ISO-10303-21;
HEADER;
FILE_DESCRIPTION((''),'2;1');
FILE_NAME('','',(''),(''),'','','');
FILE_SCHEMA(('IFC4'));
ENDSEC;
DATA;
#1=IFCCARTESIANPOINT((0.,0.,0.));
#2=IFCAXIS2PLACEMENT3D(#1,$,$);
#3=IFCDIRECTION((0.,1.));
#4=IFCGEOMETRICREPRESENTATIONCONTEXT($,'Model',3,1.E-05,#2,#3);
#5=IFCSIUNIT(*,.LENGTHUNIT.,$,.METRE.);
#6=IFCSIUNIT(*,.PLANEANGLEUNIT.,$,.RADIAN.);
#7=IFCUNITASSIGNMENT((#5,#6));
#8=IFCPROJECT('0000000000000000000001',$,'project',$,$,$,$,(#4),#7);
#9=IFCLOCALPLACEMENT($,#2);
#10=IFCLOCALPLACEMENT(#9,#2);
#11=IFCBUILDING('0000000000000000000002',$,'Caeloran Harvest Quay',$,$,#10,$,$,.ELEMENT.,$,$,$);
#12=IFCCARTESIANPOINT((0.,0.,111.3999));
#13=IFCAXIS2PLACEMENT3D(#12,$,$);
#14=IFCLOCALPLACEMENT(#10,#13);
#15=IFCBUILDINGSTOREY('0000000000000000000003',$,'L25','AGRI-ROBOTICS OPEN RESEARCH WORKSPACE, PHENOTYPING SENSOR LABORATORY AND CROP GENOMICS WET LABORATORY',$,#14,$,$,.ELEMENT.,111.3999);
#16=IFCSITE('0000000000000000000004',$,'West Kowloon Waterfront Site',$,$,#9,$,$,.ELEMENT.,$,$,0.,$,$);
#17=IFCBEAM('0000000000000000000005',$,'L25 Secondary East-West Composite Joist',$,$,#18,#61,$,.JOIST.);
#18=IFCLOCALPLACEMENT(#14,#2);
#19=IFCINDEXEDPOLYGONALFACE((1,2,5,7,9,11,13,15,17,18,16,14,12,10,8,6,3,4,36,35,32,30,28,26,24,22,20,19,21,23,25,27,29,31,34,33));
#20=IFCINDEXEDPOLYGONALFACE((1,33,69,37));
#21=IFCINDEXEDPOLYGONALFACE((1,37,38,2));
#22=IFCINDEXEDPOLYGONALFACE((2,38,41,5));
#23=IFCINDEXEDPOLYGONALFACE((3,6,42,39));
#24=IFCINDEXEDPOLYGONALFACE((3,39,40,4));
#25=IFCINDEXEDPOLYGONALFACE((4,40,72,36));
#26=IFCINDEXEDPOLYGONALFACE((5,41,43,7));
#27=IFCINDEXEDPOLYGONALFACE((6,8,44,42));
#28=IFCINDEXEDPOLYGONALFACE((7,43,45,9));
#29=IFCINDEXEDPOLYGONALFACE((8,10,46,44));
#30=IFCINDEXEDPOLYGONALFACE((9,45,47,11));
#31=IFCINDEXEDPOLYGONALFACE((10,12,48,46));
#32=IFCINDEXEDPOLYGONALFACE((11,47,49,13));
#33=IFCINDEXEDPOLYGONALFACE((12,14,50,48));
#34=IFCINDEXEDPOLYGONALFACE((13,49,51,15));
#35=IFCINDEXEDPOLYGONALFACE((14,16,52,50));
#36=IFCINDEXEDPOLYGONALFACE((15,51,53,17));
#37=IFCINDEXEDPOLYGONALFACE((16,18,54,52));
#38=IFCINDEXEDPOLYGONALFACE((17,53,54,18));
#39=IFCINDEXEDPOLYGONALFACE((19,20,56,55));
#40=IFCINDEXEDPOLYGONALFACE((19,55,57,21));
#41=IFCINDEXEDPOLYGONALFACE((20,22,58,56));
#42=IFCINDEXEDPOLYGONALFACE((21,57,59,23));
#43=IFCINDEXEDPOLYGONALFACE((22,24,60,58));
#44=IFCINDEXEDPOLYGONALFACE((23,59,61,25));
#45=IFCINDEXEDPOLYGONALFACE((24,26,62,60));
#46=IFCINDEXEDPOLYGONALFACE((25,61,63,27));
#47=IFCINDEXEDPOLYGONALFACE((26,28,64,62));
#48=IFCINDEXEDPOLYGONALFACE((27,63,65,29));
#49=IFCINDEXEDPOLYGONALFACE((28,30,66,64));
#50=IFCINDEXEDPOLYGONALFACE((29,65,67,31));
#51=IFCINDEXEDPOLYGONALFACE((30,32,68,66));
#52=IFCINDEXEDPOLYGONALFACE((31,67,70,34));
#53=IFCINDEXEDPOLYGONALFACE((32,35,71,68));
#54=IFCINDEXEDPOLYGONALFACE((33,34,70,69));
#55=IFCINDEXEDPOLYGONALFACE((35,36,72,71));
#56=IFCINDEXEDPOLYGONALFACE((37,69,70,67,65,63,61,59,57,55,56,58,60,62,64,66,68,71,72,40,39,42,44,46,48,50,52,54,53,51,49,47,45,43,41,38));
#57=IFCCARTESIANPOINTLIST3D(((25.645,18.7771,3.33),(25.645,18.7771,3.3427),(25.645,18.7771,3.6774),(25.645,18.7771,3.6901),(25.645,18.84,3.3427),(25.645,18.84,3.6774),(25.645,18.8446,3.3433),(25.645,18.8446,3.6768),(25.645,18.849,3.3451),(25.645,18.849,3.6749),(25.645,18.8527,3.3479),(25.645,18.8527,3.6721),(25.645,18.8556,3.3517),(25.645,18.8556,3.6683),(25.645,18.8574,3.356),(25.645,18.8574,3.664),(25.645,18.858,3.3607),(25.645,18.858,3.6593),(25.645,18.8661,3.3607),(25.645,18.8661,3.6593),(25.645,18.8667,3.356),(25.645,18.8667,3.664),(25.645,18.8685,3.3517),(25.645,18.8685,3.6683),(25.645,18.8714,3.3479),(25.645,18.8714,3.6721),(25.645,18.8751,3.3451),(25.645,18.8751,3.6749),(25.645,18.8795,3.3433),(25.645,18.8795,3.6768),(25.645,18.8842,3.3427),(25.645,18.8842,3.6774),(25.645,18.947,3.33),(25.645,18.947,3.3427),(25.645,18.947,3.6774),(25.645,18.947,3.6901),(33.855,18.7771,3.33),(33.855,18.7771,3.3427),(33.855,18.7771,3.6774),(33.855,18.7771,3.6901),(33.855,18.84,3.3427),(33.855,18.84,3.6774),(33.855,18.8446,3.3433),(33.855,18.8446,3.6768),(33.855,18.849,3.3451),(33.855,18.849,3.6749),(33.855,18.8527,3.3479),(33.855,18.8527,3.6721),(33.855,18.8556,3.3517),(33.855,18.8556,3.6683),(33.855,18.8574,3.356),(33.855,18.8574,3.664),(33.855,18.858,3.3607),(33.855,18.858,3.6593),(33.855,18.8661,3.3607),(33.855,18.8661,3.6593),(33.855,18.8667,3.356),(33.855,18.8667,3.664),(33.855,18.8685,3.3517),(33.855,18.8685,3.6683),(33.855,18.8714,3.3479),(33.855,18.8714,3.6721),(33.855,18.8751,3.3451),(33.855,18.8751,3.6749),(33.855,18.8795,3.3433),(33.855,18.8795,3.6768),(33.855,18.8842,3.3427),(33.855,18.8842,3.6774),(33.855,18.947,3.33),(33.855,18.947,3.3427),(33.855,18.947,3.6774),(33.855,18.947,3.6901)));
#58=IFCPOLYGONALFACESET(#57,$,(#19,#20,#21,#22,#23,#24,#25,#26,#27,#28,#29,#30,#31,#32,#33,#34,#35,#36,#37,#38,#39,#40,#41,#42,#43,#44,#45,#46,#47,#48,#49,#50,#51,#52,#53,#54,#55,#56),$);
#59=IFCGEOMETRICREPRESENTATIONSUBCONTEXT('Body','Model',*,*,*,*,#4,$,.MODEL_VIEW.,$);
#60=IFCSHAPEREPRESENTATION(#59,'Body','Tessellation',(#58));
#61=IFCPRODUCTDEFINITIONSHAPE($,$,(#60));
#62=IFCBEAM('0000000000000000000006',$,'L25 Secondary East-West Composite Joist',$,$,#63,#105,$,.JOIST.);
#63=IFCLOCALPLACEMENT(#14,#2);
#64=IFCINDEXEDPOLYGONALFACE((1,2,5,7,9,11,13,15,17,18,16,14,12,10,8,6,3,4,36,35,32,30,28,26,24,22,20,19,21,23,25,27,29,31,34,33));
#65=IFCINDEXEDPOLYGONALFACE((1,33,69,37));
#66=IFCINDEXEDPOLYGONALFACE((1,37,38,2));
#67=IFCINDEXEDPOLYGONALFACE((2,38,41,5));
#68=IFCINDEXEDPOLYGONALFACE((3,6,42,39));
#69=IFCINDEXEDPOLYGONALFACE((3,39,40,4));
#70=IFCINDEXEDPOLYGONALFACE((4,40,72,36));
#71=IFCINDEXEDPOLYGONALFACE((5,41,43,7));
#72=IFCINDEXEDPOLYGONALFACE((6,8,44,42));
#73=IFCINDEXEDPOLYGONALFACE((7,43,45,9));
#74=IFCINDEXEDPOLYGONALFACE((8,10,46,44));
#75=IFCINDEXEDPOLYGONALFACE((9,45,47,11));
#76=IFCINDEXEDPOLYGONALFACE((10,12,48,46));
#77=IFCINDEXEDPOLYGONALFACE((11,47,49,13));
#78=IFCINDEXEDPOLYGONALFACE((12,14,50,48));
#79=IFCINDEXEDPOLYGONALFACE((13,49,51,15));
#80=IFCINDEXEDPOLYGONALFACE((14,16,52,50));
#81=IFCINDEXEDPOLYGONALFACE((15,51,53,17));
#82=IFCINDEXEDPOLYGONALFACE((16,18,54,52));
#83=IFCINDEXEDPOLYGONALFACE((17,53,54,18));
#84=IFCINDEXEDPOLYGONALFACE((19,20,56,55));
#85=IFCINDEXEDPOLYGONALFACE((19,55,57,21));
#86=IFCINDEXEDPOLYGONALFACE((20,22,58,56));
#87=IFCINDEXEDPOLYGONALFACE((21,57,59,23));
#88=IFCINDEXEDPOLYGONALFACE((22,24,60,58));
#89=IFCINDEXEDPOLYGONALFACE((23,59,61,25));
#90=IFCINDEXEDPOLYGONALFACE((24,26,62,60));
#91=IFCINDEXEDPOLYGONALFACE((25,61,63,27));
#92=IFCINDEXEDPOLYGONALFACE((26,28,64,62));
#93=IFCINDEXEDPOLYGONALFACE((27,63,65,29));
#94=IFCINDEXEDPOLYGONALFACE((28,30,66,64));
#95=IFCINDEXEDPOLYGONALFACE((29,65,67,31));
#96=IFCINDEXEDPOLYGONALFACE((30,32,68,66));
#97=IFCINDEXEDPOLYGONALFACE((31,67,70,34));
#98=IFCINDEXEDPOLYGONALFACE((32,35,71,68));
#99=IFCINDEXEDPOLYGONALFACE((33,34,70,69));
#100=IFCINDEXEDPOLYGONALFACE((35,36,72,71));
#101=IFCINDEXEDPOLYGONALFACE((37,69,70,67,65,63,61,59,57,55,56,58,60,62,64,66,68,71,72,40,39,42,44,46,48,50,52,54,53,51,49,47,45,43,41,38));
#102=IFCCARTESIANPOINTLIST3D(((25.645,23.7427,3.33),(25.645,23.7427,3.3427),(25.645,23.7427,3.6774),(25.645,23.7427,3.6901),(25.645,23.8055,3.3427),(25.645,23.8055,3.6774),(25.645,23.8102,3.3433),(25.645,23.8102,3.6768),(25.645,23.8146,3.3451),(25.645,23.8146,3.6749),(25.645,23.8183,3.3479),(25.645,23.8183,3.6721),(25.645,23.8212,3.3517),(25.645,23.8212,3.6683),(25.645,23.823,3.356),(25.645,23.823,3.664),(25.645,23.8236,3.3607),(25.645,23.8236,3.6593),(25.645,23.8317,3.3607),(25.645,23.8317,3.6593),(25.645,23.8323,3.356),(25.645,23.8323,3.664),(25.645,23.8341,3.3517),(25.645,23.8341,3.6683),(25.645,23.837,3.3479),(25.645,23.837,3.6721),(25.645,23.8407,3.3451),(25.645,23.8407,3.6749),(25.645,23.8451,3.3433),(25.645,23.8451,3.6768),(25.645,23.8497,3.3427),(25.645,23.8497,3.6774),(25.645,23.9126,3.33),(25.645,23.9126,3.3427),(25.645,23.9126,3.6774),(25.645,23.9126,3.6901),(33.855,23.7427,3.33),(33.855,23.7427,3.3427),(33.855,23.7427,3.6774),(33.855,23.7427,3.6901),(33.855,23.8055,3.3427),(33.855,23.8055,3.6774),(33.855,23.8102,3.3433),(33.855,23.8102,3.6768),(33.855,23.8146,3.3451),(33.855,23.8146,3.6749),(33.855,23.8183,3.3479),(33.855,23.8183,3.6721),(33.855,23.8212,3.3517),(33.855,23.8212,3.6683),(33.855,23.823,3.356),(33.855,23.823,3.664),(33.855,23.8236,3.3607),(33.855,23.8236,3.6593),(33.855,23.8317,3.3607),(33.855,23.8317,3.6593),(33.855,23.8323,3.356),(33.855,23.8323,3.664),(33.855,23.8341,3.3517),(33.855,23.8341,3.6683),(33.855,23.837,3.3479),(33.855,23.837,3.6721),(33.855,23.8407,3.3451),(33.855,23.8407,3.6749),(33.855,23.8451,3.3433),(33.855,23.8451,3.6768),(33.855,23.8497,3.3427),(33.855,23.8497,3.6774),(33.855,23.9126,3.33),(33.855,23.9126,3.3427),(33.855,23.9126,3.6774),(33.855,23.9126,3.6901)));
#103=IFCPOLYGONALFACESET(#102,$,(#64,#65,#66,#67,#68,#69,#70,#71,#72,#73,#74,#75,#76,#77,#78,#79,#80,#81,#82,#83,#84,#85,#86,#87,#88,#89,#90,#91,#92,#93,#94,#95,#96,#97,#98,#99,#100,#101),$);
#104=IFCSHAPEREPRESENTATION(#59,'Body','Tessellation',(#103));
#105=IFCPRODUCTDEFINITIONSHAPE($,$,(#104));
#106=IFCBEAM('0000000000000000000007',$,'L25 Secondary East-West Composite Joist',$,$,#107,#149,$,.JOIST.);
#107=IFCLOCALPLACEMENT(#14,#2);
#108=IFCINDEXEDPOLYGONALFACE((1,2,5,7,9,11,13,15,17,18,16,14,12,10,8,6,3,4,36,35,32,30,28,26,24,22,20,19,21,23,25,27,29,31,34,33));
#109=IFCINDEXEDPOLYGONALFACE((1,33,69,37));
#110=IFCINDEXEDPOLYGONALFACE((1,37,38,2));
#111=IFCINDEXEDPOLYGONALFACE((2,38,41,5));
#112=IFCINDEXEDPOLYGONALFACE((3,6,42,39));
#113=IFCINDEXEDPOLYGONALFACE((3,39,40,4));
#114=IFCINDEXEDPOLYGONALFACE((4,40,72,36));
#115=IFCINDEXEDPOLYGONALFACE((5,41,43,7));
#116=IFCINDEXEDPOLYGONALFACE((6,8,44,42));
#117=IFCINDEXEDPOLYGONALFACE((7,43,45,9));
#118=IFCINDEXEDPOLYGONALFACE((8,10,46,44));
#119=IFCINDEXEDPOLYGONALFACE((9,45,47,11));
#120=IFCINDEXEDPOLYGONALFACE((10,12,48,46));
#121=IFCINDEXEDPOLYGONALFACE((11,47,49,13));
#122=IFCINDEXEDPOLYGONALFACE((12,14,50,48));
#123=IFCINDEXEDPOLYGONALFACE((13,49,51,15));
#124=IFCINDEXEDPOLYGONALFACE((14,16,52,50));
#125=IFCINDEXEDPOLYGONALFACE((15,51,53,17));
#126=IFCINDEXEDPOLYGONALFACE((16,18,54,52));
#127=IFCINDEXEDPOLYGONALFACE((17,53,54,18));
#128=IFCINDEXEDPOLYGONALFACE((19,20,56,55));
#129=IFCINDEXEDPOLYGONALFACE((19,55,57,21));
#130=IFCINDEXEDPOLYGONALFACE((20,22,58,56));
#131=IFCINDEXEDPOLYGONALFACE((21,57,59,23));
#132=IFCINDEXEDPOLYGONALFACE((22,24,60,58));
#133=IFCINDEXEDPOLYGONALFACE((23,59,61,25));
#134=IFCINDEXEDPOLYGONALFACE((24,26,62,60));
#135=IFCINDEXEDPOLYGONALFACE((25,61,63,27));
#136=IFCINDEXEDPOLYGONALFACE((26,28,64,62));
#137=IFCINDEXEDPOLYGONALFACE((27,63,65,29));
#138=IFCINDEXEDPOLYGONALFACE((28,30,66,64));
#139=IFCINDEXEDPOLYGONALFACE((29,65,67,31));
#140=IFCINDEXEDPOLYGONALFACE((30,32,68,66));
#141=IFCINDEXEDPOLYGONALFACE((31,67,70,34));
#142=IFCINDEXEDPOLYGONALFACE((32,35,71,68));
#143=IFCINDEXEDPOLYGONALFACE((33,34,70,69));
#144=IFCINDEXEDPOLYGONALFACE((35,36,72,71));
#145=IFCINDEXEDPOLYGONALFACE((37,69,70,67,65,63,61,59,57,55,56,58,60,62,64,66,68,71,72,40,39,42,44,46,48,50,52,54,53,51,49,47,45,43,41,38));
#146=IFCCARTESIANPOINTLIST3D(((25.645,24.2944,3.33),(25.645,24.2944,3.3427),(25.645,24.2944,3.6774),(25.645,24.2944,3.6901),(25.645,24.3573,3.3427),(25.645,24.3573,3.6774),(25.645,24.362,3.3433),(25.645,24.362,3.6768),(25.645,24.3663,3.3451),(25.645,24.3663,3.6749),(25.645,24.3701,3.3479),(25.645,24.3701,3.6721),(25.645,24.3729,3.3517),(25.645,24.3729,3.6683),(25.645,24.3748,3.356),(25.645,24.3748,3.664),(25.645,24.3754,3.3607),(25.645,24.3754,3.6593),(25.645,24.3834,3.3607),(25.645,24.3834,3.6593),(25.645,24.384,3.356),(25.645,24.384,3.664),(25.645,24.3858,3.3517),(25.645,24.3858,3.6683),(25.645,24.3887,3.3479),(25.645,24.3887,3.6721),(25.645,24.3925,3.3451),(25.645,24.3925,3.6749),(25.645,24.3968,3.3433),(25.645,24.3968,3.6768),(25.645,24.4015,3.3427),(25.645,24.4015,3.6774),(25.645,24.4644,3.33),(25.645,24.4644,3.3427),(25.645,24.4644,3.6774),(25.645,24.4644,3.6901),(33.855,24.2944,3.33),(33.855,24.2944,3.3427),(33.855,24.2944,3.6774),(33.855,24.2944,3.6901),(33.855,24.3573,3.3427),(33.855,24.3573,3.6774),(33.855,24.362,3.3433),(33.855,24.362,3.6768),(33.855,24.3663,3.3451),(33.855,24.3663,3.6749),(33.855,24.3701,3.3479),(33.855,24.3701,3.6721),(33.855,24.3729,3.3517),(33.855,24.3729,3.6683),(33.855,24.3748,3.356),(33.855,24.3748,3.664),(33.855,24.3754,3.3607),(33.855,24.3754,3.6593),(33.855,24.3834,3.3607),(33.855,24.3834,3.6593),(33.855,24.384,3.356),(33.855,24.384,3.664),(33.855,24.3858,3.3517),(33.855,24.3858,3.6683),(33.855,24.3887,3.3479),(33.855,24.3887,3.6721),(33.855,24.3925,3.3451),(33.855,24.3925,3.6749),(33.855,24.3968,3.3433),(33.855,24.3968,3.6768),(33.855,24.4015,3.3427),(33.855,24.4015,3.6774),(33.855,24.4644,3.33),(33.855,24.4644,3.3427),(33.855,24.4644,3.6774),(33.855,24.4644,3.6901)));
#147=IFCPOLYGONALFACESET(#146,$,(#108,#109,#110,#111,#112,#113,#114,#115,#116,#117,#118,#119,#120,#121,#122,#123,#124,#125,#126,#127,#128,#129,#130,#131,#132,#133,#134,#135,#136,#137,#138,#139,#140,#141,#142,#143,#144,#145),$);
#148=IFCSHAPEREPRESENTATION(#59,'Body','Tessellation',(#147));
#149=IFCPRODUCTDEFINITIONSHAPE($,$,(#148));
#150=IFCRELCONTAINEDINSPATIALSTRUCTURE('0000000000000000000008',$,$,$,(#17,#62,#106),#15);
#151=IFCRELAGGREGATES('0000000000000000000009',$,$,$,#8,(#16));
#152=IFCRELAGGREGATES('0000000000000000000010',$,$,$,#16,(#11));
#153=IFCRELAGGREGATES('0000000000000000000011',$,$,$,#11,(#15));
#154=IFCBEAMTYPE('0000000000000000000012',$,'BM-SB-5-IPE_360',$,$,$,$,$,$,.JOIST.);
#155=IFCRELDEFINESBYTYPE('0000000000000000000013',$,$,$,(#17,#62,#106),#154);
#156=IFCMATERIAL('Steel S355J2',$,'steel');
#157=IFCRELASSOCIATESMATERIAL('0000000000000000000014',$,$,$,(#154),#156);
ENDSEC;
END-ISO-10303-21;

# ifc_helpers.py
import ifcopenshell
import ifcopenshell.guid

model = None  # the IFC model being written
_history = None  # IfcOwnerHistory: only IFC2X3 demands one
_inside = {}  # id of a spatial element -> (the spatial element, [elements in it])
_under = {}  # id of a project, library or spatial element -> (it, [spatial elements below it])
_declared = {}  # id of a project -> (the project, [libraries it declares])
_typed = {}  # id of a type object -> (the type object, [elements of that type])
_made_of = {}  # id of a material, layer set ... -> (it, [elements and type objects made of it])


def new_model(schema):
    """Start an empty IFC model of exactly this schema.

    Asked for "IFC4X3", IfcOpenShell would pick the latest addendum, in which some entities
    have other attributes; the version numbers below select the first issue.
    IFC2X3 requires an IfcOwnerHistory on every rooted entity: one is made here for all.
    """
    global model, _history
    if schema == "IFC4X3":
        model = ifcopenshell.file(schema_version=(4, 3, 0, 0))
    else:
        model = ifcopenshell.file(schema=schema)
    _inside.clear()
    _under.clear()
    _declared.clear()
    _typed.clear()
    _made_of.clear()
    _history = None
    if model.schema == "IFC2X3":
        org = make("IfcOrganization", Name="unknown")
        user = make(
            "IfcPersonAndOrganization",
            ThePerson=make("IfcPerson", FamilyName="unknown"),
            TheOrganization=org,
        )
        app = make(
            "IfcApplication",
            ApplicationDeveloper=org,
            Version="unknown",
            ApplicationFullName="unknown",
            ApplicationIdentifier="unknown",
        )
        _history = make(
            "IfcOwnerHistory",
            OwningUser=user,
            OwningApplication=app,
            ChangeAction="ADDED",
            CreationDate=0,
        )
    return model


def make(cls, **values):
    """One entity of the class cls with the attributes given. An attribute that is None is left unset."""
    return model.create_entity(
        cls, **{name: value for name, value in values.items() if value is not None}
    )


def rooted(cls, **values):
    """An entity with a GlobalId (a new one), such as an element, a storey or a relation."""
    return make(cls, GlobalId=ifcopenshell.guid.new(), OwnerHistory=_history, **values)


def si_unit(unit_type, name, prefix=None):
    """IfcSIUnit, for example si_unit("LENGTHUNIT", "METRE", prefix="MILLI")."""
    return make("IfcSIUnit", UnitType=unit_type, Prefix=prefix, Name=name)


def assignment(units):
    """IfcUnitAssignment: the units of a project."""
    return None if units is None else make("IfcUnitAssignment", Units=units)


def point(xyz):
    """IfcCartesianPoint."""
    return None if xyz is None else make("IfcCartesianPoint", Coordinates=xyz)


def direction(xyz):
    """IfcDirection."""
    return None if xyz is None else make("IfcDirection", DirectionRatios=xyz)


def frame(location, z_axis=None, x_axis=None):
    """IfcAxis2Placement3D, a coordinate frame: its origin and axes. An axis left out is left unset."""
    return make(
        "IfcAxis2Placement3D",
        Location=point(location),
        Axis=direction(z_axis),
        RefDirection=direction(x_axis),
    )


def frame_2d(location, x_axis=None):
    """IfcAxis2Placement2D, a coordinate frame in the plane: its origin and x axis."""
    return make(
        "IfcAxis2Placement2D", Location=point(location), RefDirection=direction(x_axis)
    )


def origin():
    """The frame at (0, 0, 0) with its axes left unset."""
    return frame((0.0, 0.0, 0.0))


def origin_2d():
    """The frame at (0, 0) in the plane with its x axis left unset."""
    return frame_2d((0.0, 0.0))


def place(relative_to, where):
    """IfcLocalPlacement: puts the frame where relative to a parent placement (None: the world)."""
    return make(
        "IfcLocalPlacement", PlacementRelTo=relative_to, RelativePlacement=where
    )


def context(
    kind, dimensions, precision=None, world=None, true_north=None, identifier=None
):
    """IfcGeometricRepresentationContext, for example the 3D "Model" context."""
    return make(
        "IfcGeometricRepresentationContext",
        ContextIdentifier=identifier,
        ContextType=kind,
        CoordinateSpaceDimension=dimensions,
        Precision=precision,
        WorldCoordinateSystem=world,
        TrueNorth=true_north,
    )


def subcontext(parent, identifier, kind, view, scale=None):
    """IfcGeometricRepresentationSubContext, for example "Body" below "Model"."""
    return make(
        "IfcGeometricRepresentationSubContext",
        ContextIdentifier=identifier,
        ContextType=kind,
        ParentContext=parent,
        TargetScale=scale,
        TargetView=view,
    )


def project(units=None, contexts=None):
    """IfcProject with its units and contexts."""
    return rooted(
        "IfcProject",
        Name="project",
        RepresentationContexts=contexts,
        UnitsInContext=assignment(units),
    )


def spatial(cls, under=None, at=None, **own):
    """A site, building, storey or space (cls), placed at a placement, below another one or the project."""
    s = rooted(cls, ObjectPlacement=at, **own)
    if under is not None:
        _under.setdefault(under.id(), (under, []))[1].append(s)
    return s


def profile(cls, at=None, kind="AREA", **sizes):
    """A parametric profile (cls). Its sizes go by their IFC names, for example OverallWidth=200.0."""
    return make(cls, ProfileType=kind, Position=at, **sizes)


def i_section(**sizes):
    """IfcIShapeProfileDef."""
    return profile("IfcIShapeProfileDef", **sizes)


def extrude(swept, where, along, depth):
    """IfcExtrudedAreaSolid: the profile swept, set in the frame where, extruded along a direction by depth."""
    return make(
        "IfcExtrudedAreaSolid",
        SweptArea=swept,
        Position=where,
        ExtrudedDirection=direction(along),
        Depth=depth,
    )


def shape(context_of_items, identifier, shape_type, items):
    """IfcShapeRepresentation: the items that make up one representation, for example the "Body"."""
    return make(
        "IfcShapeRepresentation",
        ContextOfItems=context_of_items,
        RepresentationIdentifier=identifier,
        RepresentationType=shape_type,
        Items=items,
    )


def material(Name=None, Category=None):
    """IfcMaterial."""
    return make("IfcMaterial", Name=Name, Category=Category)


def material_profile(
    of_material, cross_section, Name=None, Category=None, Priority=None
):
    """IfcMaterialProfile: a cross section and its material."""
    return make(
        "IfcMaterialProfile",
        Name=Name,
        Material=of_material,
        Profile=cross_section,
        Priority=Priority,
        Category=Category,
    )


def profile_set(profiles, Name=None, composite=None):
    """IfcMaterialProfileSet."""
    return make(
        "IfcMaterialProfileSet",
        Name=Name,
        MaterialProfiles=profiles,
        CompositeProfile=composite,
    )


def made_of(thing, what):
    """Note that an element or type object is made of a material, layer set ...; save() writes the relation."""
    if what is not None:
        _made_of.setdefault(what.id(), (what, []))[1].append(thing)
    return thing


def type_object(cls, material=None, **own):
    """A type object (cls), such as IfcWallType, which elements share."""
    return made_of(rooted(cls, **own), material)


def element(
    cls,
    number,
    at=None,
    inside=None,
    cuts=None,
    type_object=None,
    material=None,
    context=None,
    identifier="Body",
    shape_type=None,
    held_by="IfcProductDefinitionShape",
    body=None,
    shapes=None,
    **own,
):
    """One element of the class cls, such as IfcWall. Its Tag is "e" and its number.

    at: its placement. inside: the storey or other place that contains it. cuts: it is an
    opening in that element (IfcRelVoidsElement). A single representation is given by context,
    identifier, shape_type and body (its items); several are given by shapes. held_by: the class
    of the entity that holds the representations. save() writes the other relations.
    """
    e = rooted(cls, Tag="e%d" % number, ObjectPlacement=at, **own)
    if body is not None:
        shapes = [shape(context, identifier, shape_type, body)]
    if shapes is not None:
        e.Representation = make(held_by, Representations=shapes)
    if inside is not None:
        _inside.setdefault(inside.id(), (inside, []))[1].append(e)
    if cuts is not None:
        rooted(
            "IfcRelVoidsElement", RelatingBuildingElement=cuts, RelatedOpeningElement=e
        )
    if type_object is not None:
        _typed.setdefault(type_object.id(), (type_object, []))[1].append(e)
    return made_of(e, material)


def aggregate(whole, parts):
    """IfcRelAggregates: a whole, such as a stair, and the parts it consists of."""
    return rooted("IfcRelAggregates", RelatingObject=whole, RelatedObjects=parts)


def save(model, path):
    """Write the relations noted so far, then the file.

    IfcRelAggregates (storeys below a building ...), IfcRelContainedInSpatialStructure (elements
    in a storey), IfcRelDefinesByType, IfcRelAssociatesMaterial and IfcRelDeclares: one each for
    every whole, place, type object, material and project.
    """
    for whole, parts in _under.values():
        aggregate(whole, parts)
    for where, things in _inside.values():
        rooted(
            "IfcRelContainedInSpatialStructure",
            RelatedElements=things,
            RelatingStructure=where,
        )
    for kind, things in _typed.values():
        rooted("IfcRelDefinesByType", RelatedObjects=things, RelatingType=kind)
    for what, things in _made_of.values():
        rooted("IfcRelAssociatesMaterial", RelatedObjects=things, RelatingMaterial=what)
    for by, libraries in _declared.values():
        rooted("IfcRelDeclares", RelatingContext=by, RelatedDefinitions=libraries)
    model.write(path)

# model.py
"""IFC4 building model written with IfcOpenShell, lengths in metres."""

from ifc_helpers import new_model, si_unit, direction, frame, origin, origin_2d, place, context, subcontext, project, spatial, i_section, extrude, material, material_profile, profile_set, type_object, element, save


model = new_model("IFC4")

# Units and contexts
model_context = context("Model", 3, precision=1e-05, world=origin(), true_north=direction((0.0, 1.0)))
body_context = subcontext(model_context, "Body", "Model", "MODEL_VIEW")
ifc_project = project(units=[si_unit("LENGTHUNIT", "METRE"), si_unit("PLANEANGLEUNIT", "RADIAN")], contexts=[model_context])

# Site, building, storey
site_placement = place(None, origin())
site = spatial("IfcSite", under=ifc_project, at=site_placement, Name="West Kowloon Waterfront Site", CompositionType="ELEMENT", RefElevation=0.0)
building_placement = place(site_placement, origin())
building = spatial("IfcBuilding", under=site, at=building_placement, Name="Caeloran Harvest Quay", CompositionType="ELEMENT")
storey_placement = place(building_placement, frame((0.0, 0.0, 111.3999)))
storey = spatial("IfcBuildingStorey", under=building, at=storey_placement, Name="L25", Description="AGRI-ROBOTICS OPEN RESEARCH WORKSPACE, PHENOTYPING SENSOR LABORATORY AND CROP GENOMICS WET LABORATORY", CompositionType="ELEMENT", Elevation=111.3999)

# Beams
ifc_material_1 = material(Name="Steel S355J2", Category="steel")
ifc_material_profile_1 = material_profile(ifc_material_1, i_section(OverallWidth=0.1699, OverallDepth=0.3601, WebThickness=0.0081, FlangeThickness=0.0127, FilletRadius=0.0181, at=origin_2d()), Name="IPE 360")
ifc_profile_set_1 = profile_set([ifc_material_profile_1], Name="Steel S355J2")
beam_type_1 = type_object("IfcBeamType", Name="BM-SB-5-IPE_360", PredefinedType="JOIST", material=ifc_profile_set_1)
for number, where, z_axis, x_axis, name in (
    (1, (25.645, 18.8621, 3.51), (1.0, 0.0, 0.0), (0.0, 1.0, 0.0), "L25 Secondary East-West Composite Joist"),
    (2, (25.645, 23.8276, 3.51), (1.0, 0.0, 0.0), (0.0, 1.0, 0.0), "L25 Secondary East-West Composite Joist"),
    (3, (25.645, 24.3794, 3.51), (1.0, 0.0, 0.0), (0.0, 1.0, 0.0), "L25 Secondary East-West Composite Joist"),
):
    element("IfcBeam", number, at=place(storey_placement, frame(where, z_axis=z_axis, x_axis=x_axis)), inside=storey, type_object=beam_type_1, Name=name, PredefinedType="JOIST", context=body_context, shape_type="SweptSolid", body=[
        extrude(i_section(OverallWidth=0.1699, OverallDepth=0.3601, WebThickness=0.0081, FlangeThickness=0.0127, FilletRadius=0.0181, at=origin_2d()), origin(), (0.0, 0.0, 1.0), 8.21),
    ])

save(model, "model.ifc")
